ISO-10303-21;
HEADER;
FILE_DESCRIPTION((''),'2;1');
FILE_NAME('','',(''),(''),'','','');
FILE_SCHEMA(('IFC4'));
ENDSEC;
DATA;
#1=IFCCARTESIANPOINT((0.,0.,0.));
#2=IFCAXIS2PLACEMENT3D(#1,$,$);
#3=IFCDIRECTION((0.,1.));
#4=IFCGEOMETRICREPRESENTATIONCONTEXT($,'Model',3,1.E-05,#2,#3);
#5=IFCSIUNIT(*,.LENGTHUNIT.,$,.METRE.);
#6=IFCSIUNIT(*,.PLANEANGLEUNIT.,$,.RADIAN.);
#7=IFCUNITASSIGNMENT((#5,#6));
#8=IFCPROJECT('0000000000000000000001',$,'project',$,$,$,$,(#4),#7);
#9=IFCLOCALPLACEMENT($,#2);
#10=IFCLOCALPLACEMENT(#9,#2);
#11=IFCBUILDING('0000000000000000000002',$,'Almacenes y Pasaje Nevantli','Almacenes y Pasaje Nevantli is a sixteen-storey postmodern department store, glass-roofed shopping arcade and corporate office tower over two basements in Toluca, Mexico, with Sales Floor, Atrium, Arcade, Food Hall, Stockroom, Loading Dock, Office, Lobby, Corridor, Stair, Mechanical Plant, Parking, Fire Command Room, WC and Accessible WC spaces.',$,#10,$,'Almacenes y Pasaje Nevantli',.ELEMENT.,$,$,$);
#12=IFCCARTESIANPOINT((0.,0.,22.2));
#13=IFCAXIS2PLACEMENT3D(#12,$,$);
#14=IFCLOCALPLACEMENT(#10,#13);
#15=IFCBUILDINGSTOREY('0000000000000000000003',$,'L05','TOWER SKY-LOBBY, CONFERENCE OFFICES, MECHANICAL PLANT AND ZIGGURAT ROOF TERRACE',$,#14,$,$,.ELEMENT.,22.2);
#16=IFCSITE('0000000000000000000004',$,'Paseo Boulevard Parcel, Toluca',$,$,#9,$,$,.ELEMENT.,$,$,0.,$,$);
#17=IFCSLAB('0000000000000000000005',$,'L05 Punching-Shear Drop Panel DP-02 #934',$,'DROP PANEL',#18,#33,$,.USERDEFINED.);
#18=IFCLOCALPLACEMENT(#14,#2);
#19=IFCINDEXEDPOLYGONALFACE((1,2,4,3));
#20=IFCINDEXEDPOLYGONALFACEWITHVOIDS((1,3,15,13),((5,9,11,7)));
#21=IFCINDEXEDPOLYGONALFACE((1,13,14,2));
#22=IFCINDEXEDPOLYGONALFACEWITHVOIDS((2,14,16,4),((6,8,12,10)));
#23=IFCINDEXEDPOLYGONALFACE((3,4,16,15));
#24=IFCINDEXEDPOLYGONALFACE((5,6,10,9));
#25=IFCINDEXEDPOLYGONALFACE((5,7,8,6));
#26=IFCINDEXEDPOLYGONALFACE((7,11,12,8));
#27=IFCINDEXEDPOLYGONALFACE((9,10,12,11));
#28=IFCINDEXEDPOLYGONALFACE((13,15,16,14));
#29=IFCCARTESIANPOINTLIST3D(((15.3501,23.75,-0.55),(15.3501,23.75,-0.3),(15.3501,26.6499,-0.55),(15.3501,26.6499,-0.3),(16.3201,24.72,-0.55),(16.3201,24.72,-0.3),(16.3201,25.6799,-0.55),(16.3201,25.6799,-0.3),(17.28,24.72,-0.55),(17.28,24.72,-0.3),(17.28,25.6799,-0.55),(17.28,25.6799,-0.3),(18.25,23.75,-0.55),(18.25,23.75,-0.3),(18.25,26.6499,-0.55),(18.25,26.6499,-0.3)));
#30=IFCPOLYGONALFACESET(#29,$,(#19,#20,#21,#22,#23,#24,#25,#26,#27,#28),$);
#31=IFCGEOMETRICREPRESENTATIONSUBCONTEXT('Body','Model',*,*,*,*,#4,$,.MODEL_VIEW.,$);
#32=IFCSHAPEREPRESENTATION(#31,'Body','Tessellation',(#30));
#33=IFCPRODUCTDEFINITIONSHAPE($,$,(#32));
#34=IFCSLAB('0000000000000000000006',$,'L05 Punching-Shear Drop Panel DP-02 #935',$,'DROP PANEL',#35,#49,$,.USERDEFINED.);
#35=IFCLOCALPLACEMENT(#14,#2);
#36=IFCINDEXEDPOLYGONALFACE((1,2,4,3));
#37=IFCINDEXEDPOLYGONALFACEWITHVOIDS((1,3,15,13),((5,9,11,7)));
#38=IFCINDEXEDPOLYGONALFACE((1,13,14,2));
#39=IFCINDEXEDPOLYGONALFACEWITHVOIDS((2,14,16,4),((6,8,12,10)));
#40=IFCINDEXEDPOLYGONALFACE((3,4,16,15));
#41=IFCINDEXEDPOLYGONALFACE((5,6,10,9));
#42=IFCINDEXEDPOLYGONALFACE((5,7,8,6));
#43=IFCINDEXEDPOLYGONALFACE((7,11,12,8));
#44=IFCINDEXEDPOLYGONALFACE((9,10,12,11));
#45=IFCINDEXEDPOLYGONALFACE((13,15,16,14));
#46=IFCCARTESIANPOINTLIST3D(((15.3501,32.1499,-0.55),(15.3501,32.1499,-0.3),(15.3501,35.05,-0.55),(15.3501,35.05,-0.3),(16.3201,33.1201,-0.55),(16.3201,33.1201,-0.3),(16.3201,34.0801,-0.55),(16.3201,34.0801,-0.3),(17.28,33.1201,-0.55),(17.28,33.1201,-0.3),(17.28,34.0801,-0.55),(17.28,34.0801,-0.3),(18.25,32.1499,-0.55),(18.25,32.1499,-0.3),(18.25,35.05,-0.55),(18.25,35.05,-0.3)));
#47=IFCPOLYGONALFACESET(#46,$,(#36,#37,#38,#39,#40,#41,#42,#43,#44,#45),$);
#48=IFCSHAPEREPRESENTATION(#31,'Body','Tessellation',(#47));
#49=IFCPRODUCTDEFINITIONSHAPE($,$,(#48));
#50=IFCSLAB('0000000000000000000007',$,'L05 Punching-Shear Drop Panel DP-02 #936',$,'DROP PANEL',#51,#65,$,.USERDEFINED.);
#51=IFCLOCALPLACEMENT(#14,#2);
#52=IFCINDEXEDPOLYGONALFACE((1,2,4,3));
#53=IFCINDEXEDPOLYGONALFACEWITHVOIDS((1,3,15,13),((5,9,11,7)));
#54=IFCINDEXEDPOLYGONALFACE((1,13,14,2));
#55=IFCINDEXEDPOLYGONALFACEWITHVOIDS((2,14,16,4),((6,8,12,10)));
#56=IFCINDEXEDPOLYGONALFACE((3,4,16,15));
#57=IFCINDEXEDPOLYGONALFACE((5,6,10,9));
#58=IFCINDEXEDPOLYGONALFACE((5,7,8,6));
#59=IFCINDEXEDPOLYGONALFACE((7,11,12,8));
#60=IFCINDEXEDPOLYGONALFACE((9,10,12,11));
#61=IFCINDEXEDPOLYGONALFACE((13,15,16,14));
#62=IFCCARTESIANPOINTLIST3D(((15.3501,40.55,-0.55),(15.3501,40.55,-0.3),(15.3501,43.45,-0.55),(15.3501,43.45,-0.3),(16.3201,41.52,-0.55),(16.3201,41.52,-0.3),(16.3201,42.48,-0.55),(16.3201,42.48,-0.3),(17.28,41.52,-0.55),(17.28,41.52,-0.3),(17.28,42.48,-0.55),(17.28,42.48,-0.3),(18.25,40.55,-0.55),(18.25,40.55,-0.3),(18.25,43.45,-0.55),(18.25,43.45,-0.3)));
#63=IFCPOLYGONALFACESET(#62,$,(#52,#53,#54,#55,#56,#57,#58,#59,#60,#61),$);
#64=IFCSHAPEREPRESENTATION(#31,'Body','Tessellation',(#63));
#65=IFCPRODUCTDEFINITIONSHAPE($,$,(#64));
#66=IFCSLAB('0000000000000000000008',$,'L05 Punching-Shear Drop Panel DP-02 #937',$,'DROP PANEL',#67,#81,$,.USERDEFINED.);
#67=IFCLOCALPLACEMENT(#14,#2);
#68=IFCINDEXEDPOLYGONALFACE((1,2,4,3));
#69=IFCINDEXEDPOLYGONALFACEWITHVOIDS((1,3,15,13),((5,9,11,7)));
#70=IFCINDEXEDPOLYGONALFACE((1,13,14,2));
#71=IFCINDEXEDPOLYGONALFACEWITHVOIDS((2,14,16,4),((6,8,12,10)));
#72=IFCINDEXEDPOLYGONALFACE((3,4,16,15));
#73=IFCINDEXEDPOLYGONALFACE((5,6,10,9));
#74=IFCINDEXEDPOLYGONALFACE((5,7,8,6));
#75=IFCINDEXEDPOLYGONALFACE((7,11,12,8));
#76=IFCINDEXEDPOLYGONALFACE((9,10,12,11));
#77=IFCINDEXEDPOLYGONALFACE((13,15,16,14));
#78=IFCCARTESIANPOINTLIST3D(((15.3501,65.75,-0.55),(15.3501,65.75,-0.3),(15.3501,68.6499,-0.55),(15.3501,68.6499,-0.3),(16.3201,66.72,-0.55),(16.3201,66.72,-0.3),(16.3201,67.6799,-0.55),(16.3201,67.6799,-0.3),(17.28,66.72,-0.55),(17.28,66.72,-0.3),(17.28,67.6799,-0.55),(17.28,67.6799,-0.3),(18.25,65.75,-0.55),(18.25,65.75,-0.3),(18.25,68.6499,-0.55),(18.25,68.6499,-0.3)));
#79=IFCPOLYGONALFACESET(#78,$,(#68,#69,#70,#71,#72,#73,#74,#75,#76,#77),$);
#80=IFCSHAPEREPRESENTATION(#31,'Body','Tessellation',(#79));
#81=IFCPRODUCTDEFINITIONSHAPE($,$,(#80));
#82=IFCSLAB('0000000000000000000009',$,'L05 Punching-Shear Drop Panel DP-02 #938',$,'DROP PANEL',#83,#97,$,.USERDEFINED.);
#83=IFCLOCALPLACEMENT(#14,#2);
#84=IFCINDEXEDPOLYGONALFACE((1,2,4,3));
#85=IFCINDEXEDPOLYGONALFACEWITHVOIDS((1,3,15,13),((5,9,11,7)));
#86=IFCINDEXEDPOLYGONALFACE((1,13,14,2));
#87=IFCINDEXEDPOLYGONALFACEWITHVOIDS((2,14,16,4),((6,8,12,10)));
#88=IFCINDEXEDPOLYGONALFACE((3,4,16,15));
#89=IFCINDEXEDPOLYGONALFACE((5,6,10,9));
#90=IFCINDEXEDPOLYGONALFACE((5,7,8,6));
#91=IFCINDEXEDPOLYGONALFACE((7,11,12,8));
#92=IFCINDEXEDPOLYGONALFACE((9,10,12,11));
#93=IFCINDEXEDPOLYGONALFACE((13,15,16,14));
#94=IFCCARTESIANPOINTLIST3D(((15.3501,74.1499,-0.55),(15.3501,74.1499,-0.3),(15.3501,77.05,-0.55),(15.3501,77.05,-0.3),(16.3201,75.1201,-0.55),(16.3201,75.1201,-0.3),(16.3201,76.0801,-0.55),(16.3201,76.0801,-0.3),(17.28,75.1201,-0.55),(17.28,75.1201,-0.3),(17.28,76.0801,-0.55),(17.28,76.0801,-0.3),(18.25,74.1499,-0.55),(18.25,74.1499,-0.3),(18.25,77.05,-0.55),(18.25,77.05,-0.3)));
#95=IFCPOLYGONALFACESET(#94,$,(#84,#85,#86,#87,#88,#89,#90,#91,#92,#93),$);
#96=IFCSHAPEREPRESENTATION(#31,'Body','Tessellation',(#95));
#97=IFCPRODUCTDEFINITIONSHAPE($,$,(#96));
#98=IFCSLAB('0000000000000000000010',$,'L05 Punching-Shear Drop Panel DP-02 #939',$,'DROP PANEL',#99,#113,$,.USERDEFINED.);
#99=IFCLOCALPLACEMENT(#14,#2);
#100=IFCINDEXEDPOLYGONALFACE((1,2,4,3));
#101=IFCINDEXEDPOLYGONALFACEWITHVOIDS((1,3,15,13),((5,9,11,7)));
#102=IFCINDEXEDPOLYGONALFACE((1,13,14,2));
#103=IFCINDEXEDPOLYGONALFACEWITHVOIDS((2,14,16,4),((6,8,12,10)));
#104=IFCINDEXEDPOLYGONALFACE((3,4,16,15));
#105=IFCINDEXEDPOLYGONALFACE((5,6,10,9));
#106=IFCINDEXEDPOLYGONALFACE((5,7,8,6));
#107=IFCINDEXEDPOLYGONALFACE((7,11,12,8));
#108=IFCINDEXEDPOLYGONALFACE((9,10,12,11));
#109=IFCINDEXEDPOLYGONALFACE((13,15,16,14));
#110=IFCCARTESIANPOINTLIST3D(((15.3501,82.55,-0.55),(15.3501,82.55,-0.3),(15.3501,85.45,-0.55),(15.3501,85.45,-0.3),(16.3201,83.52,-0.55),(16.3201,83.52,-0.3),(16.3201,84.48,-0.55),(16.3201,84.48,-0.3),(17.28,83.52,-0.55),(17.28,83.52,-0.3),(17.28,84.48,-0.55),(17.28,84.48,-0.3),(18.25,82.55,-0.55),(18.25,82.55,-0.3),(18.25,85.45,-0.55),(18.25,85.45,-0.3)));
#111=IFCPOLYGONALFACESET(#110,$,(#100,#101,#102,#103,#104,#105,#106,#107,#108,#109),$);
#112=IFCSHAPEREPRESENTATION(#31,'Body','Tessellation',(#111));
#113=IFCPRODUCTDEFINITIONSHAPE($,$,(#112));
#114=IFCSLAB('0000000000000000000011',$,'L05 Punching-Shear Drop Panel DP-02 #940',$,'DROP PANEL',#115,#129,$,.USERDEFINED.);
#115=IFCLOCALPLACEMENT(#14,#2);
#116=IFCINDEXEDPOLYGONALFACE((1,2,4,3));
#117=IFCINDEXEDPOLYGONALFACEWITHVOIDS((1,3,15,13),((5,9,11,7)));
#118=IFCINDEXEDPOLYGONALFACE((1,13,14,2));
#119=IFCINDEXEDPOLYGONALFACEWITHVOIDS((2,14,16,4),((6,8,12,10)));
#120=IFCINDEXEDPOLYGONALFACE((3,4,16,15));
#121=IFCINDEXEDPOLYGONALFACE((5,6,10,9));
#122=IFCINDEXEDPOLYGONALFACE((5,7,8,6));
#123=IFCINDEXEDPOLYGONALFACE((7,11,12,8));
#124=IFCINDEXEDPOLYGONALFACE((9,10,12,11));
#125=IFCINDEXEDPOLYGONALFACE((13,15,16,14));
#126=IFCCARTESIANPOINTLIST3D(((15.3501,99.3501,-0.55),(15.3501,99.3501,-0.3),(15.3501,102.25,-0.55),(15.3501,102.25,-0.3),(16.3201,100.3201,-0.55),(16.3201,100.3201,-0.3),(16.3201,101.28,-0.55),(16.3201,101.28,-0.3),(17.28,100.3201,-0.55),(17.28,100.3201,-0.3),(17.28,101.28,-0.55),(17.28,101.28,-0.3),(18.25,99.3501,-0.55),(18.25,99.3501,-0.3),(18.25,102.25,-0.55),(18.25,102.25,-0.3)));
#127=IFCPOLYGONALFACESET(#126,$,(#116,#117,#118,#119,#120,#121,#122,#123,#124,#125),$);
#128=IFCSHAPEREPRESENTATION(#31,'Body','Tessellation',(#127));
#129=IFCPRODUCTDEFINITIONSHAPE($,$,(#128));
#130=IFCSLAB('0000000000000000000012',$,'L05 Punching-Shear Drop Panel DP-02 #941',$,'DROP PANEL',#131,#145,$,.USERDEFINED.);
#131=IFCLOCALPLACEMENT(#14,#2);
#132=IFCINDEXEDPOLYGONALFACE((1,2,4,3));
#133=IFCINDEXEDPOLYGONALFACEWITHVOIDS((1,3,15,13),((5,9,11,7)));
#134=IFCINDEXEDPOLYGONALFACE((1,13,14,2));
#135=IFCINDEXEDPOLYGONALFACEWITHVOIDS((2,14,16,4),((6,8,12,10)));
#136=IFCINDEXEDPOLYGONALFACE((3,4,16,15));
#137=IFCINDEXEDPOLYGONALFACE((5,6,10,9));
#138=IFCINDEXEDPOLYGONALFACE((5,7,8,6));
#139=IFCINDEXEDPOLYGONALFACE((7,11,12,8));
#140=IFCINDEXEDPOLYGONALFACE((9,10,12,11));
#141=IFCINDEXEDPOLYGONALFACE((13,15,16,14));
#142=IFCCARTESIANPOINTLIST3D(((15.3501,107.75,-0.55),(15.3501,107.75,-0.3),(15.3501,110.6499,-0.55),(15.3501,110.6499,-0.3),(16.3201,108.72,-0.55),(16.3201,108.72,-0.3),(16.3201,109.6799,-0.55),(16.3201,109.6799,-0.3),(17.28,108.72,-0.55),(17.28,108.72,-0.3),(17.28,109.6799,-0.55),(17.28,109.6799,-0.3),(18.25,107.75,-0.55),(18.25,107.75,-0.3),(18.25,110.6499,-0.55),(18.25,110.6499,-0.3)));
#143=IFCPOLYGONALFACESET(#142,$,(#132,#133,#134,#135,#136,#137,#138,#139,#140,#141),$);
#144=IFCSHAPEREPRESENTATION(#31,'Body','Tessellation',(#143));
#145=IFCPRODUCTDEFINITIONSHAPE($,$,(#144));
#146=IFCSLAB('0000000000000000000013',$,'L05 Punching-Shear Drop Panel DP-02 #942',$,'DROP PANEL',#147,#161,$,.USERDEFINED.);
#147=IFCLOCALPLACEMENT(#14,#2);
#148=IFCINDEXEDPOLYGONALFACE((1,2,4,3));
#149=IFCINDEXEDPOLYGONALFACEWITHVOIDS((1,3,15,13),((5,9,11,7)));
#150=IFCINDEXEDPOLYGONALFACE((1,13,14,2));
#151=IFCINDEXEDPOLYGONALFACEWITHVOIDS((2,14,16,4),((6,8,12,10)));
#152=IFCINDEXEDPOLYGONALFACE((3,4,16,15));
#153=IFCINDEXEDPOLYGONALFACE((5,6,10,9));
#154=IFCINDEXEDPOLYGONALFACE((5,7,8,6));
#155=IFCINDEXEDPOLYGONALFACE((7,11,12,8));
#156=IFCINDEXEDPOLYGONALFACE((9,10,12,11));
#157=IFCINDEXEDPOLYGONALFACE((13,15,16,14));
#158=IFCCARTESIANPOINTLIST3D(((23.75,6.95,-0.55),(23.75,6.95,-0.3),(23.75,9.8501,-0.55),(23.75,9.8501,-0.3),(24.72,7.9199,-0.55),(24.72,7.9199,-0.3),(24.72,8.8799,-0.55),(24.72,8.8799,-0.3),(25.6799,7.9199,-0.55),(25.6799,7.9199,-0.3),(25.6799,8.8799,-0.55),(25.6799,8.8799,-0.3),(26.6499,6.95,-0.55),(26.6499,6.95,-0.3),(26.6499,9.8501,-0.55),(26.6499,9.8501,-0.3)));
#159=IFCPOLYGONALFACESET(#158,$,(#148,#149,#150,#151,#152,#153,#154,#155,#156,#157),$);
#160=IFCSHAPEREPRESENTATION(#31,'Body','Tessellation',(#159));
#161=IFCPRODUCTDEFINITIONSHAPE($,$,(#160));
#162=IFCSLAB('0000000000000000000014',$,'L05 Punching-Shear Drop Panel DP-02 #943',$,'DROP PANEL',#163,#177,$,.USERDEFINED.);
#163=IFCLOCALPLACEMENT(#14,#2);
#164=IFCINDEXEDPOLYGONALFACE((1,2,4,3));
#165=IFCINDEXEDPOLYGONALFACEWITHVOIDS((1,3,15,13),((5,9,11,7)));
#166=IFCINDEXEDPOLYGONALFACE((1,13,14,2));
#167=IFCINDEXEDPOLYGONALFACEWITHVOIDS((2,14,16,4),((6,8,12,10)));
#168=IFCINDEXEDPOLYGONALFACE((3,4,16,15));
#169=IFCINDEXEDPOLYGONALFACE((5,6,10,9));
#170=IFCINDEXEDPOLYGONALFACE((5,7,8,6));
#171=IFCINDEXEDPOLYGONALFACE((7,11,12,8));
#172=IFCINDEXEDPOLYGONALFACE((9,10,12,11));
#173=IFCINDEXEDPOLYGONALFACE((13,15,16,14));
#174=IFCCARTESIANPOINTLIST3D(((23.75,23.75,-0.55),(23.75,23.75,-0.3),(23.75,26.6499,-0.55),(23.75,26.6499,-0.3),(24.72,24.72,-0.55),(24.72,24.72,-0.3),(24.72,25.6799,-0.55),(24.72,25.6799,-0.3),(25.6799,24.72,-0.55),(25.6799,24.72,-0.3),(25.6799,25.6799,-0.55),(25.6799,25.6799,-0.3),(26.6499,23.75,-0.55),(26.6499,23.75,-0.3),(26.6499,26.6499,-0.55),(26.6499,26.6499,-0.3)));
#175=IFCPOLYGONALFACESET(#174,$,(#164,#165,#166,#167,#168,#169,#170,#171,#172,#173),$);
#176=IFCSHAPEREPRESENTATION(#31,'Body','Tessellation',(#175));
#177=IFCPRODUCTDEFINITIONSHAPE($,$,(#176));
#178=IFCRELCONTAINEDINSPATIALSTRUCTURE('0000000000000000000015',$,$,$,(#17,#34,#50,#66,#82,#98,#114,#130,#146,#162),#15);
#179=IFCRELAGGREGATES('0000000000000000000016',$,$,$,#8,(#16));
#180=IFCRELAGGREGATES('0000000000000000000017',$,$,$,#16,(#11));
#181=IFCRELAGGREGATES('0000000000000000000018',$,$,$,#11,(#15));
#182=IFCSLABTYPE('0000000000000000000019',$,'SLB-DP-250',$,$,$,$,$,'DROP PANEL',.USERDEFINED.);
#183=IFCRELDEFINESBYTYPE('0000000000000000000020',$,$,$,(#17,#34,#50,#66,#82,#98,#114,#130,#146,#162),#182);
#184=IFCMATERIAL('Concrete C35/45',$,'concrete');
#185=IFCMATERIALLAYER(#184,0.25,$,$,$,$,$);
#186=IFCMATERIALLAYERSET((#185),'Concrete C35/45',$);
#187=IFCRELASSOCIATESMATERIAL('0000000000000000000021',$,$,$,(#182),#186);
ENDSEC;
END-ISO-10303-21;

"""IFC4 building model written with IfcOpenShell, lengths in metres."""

from ifc_helpers import new_model, si_unit, direction, frame, origin, place, context, subcontext, project, spatial, polyline, outline, extrude, material, layer, layer_set, type_object, element, save


model = new_model("IFC4")

# Units and contexts
model_context = context("Model", 3, precision=1e-05, world=origin(), true_north=direction((0.0, 1.0)))
body_context = subcontext(model_context, "Body", "Model", "MODEL_VIEW")
ifc_project = project(units=[si_unit("LENGTHUNIT", "METRE"), si_unit("PLANEANGLEUNIT", "RADIAN")], contexts=[model_context])

# Site, building, storey
site_placement = place(None, origin())
site = spatial("IfcSite", under=ifc_project, at=site_placement, Name="Paseo Boulevard Parcel, Toluca", CompositionType="ELEMENT", RefElevation=0.0)
building_placement = place(site_placement, origin())
building = spatial("IfcBuilding", under=site, at=building_placement, Name="Almacenes y Pasaje Nevantli", Description="Almacenes y Pasaje Nevantli is a sixteen-storey postmodern department store, glass-roofed shopping arcade and corporate office tower over two basements in Toluca, Mexico, with Sales Floor, Atrium, Arcade, Food Hall, Stockroom, Loading Dock, Office, Lobby, Corridor, Stair, Mechanical Plant, Parking, Fire Command Room, WC and Accessible WC spaces.", LongName="Almacenes y Pasaje Nevantli", CompositionType="ELEMENT")
storey_placement = place(building_placement, frame((0.0, 0.0, 22.2)))
storey = spatial("IfcBuildingStorey", under=building, at=storey_placement, Name="L05", Description="TOWER SKY-LOBBY, CONFERENCE OFFICES, MECHANICAL PLANT AND ZIGGURAT ROOF TERRACE", CompositionType="ELEMENT", Elevation=22.2)

# Slabs
ifc_material = material(Name="Concrete C35/45", Category="concrete")
ifc_layer = layer(ifc_material, 0.25)
ifc_layer_set = layer_set([ifc_layer], Name="Concrete C35/45")
slab_type = type_object("IfcSlabType", Name="SLB-DP-250", ElementType="DROP PANEL", PredefinedType="USERDEFINED", material=ifc_layer_set)
slab_1_placement = place(storey_placement, frame((0.0, 0.0, -0.55)))
element("IfcSlab", 1, at=slab_1_placement, inside=storey, type_object=slab_type, Name="L05 Punching-Shear Drop Panel DP-02 #934", ObjectType="DROP PANEL", PredefinedType="USERDEFINED", context=body_context, shape_type="SweptSolid", body=[
    extrude(outline(polyline([(15.3501, 23.75), (18.25, 23.75), (18.25, 26.6499), (15.3501, 26.6499), (15.3501, 23.75)]), holes=[polyline([(16.3201, 24.72), (17.28, 24.72), (17.28, 25.6799), (16.3201, 25.6799), (16.3201, 24.72)])]), origin(), (0.0, 0.0, 1.0), 0.25),
])
slab_2_placement = place(storey_placement, frame((0.0, 0.0, -0.55)))
element("IfcSlab", 2, at=slab_2_placement, inside=storey, type_object=slab_type, Name="L05 Punching-Shear Drop Panel DP-02 #935", ObjectType="DROP PANEL", PredefinedType="USERDEFINED", context=body_context, shape_type="SweptSolid", body=[
    extrude(outline(polyline([(15.3501, 32.1499), (18.25, 32.1499), (18.25, 35.05), (15.3501, 35.05), (15.3501, 32.1499)]), holes=[polyline([(16.3201, 33.1201), (17.28, 33.1201), (17.28, 34.0801), (16.3201, 34.0801), (16.3201, 33.1201)])]), origin(), (0.0, 0.0, 1.0), 0.25),
])
slab_3_placement = place(storey_placement, frame((0.0, 0.0, -0.55)))
element("IfcSlab", 3, at=slab_3_placement, inside=storey, type_object=slab_type, Name="L05 Punching-Shear Drop Panel DP-02 #936", ObjectType="DROP PANEL", PredefinedType="USERDEFINED", context=body_context, shape_type="SweptSolid", body=[
    extrude(outline(polyline([(15.3501, 40.55), (18.25, 40.55), (18.25, 43.45), (15.3501, 43.45), (15.3501, 40.55)]), holes=[polyline([(16.3201, 41.52), (17.28, 41.52), (17.28, 42.48), (16.3201, 42.48), (16.3201, 41.52)])]), origin(), (0.0, 0.0, 1.0), 0.25),
])
slab_4_placement = place(storey_placement, frame((0.0, 0.0, -0.55)))
element("IfcSlab", 4, at=slab_4_placement, inside=storey, type_object=slab_type, Name="L05 Punching-Shear Drop Panel DP-02 #937", ObjectType="DROP PANEL", PredefinedType="USERDEFINED", context=body_context, shape_type="SweptSolid", body=[
    extrude(outline(polyline([(15.3501, 65.75), (18.25, 65.75), (18.25, 68.6499), (15.3501, 68.6499), (15.3501, 65.75)]), holes=[polyline([(16.3201, 66.72), (17.28, 66.72), (17.28, 67.6799), (16.3201, 67.6799), (16.3201, 66.72)])]), origin(), (0.0, 0.0, 1.0), 0.25),
])
slab_5_placement = place(storey_placement, frame((0.0, 0.0, -0.55)))
element("IfcSlab", 5, at=slab_5_placement, inside=storey, type_object=slab_type, Name="L05 Punching-Shear Drop Panel DP-02 #938", ObjectType="DROP PANEL", PredefinedType="USERDEFINED", context=body_context, shape_type="SweptSolid", body=[
    extrude(outline(polyline([(15.3501, 74.1499), (18.25, 74.1499), (18.25, 77.05), (15.3501, 77.05), (15.3501, 74.1499)]), holes=[polyline([(16.3201, 75.1201), (17.28, 75.1201), (17.28, 76.0801), (16.3201, 76.0801), (16.3201, 75.1201)])]), origin(), (0.0, 0.0, 1.0), 0.25),
])
slab_6_placement = place(storey_placement, frame((0.0, 0.0, -0.55)))
element("IfcSlab", 6, at=slab_6_placement, inside=storey, type_object=slab_type, Name="L05 Punching-Shear Drop Panel DP-02 #939", ObjectType="DROP PANEL", PredefinedType="USERDEFINED", context=body_context, shape_type="SweptSolid", body=[
    extrude(outline(polyline([(15.3501, 82.55), (18.25, 82.55), (18.25, 85.45), (15.3501, 85.45), (15.3501, 82.55)]), holes=[polyline([(16.3201, 83.52), (17.28, 83.52), (17.28, 84.48), (16.3201, 84.48), (16.3201, 83.52)])]), origin(), (0.0, 0.0, 1.0), 0.25),
])
slab_7_placement = place(storey_placement, frame((0.0, 0.0, -0.55)))
element("IfcSlab", 7, at=slab_7_placement, inside=storey, type_object=slab_type, Name="L05 Punching-Shear Drop Panel DP-02 #940", ObjectType="DROP PANEL", PredefinedType="USERDEFINED", context=body_context, shape_type="SweptSolid", body=[
    extrude(outline(polyline([(15.3501, 99.3501), (18.25, 99.3501), (18.25, 102.25), (15.3501, 102.25), (15.3501, 99.3501)]), holes=[polyline([(16.3201, 100.3201), (17.28, 100.3201), (17.28, 101.28), (16.3201, 101.28), (16.3201, 100.3201)])]), origin(), (0.0, 0.0, 1.0), 0.25),
])
slab_8_placement = place(storey_placement, frame((0.0, 0.0, -0.55)))
element("IfcSlab", 8, at=slab_8_placement, inside=storey, type_object=slab_type, Name="L05 Punching-Shear Drop Panel DP-02 #941", ObjectType="DROP PANEL", PredefinedType="USERDEFINED", context=body_context, shape_type="SweptSolid", body=[
    extrude(outline(polyline([(15.3501, 107.75), (18.25, 107.75), (18.25, 110.6499), (15.3501, 110.6499), (15.3501, 107.75)]), holes=[polyline([(16.3201, 108.72), (17.28, 108.72), (17.28, 109.6799), (16.3201, 109.6799), (16.3201, 108.72)])]), origin(), (0.0, 0.0, 1.0), 0.25),
])
slab_9_placement = place(storey_placement, frame((0.0, 0.0, -0.55)))
element("IfcSlab", 9, at=slab_9_placement, inside=storey, type_object=slab_type, Name="L05 Punching-Shear Drop Panel DP-02 #942", ObjectType="DROP PANEL", PredefinedType="USERDEFINED", context=body_context, shape_type="SweptSolid", body=[
    extrude(outline(polyline([(23.75, 6.95), (26.6499, 6.95), (26.6499, 9.8501), (23.75, 9.8501), (23.75, 6.95)]), holes=[polyline([(24.72, 7.9199), (25.6799, 7.9199), (25.6799, 8.8799), (24.72, 8.8799), (24.72, 7.9199)])]), origin(), (0.0, 0.0, 1.0), 0.25),
])
slab_10_placement = place(storey_placement, frame((0.0, 0.0, -0.55)))
element("IfcSlab", 10, at=slab_10_placement, inside=storey, type_object=slab_type, Name="L05 Punching-Shear Drop Panel DP-02 #943", ObjectType="DROP PANEL", PredefinedType="USERDEFINED", context=body_context, shape_type="SweptSolid", body=[
    extrude(outline(polyline([(23.75, 23.75), (26.6499, 23.75), (26.6499, 26.6499), (23.75, 26.6499), (23.75, 23.75)]), holes=[polyline([(24.72, 24.72), (25.6799, 24.72), (25.6799, 25.6799), (24.72, 25.6799), (24.72, 24.72)])]), origin(), (0.0, 0.0, 1.0), 0.25),
])

save(model, "model.ifc")
